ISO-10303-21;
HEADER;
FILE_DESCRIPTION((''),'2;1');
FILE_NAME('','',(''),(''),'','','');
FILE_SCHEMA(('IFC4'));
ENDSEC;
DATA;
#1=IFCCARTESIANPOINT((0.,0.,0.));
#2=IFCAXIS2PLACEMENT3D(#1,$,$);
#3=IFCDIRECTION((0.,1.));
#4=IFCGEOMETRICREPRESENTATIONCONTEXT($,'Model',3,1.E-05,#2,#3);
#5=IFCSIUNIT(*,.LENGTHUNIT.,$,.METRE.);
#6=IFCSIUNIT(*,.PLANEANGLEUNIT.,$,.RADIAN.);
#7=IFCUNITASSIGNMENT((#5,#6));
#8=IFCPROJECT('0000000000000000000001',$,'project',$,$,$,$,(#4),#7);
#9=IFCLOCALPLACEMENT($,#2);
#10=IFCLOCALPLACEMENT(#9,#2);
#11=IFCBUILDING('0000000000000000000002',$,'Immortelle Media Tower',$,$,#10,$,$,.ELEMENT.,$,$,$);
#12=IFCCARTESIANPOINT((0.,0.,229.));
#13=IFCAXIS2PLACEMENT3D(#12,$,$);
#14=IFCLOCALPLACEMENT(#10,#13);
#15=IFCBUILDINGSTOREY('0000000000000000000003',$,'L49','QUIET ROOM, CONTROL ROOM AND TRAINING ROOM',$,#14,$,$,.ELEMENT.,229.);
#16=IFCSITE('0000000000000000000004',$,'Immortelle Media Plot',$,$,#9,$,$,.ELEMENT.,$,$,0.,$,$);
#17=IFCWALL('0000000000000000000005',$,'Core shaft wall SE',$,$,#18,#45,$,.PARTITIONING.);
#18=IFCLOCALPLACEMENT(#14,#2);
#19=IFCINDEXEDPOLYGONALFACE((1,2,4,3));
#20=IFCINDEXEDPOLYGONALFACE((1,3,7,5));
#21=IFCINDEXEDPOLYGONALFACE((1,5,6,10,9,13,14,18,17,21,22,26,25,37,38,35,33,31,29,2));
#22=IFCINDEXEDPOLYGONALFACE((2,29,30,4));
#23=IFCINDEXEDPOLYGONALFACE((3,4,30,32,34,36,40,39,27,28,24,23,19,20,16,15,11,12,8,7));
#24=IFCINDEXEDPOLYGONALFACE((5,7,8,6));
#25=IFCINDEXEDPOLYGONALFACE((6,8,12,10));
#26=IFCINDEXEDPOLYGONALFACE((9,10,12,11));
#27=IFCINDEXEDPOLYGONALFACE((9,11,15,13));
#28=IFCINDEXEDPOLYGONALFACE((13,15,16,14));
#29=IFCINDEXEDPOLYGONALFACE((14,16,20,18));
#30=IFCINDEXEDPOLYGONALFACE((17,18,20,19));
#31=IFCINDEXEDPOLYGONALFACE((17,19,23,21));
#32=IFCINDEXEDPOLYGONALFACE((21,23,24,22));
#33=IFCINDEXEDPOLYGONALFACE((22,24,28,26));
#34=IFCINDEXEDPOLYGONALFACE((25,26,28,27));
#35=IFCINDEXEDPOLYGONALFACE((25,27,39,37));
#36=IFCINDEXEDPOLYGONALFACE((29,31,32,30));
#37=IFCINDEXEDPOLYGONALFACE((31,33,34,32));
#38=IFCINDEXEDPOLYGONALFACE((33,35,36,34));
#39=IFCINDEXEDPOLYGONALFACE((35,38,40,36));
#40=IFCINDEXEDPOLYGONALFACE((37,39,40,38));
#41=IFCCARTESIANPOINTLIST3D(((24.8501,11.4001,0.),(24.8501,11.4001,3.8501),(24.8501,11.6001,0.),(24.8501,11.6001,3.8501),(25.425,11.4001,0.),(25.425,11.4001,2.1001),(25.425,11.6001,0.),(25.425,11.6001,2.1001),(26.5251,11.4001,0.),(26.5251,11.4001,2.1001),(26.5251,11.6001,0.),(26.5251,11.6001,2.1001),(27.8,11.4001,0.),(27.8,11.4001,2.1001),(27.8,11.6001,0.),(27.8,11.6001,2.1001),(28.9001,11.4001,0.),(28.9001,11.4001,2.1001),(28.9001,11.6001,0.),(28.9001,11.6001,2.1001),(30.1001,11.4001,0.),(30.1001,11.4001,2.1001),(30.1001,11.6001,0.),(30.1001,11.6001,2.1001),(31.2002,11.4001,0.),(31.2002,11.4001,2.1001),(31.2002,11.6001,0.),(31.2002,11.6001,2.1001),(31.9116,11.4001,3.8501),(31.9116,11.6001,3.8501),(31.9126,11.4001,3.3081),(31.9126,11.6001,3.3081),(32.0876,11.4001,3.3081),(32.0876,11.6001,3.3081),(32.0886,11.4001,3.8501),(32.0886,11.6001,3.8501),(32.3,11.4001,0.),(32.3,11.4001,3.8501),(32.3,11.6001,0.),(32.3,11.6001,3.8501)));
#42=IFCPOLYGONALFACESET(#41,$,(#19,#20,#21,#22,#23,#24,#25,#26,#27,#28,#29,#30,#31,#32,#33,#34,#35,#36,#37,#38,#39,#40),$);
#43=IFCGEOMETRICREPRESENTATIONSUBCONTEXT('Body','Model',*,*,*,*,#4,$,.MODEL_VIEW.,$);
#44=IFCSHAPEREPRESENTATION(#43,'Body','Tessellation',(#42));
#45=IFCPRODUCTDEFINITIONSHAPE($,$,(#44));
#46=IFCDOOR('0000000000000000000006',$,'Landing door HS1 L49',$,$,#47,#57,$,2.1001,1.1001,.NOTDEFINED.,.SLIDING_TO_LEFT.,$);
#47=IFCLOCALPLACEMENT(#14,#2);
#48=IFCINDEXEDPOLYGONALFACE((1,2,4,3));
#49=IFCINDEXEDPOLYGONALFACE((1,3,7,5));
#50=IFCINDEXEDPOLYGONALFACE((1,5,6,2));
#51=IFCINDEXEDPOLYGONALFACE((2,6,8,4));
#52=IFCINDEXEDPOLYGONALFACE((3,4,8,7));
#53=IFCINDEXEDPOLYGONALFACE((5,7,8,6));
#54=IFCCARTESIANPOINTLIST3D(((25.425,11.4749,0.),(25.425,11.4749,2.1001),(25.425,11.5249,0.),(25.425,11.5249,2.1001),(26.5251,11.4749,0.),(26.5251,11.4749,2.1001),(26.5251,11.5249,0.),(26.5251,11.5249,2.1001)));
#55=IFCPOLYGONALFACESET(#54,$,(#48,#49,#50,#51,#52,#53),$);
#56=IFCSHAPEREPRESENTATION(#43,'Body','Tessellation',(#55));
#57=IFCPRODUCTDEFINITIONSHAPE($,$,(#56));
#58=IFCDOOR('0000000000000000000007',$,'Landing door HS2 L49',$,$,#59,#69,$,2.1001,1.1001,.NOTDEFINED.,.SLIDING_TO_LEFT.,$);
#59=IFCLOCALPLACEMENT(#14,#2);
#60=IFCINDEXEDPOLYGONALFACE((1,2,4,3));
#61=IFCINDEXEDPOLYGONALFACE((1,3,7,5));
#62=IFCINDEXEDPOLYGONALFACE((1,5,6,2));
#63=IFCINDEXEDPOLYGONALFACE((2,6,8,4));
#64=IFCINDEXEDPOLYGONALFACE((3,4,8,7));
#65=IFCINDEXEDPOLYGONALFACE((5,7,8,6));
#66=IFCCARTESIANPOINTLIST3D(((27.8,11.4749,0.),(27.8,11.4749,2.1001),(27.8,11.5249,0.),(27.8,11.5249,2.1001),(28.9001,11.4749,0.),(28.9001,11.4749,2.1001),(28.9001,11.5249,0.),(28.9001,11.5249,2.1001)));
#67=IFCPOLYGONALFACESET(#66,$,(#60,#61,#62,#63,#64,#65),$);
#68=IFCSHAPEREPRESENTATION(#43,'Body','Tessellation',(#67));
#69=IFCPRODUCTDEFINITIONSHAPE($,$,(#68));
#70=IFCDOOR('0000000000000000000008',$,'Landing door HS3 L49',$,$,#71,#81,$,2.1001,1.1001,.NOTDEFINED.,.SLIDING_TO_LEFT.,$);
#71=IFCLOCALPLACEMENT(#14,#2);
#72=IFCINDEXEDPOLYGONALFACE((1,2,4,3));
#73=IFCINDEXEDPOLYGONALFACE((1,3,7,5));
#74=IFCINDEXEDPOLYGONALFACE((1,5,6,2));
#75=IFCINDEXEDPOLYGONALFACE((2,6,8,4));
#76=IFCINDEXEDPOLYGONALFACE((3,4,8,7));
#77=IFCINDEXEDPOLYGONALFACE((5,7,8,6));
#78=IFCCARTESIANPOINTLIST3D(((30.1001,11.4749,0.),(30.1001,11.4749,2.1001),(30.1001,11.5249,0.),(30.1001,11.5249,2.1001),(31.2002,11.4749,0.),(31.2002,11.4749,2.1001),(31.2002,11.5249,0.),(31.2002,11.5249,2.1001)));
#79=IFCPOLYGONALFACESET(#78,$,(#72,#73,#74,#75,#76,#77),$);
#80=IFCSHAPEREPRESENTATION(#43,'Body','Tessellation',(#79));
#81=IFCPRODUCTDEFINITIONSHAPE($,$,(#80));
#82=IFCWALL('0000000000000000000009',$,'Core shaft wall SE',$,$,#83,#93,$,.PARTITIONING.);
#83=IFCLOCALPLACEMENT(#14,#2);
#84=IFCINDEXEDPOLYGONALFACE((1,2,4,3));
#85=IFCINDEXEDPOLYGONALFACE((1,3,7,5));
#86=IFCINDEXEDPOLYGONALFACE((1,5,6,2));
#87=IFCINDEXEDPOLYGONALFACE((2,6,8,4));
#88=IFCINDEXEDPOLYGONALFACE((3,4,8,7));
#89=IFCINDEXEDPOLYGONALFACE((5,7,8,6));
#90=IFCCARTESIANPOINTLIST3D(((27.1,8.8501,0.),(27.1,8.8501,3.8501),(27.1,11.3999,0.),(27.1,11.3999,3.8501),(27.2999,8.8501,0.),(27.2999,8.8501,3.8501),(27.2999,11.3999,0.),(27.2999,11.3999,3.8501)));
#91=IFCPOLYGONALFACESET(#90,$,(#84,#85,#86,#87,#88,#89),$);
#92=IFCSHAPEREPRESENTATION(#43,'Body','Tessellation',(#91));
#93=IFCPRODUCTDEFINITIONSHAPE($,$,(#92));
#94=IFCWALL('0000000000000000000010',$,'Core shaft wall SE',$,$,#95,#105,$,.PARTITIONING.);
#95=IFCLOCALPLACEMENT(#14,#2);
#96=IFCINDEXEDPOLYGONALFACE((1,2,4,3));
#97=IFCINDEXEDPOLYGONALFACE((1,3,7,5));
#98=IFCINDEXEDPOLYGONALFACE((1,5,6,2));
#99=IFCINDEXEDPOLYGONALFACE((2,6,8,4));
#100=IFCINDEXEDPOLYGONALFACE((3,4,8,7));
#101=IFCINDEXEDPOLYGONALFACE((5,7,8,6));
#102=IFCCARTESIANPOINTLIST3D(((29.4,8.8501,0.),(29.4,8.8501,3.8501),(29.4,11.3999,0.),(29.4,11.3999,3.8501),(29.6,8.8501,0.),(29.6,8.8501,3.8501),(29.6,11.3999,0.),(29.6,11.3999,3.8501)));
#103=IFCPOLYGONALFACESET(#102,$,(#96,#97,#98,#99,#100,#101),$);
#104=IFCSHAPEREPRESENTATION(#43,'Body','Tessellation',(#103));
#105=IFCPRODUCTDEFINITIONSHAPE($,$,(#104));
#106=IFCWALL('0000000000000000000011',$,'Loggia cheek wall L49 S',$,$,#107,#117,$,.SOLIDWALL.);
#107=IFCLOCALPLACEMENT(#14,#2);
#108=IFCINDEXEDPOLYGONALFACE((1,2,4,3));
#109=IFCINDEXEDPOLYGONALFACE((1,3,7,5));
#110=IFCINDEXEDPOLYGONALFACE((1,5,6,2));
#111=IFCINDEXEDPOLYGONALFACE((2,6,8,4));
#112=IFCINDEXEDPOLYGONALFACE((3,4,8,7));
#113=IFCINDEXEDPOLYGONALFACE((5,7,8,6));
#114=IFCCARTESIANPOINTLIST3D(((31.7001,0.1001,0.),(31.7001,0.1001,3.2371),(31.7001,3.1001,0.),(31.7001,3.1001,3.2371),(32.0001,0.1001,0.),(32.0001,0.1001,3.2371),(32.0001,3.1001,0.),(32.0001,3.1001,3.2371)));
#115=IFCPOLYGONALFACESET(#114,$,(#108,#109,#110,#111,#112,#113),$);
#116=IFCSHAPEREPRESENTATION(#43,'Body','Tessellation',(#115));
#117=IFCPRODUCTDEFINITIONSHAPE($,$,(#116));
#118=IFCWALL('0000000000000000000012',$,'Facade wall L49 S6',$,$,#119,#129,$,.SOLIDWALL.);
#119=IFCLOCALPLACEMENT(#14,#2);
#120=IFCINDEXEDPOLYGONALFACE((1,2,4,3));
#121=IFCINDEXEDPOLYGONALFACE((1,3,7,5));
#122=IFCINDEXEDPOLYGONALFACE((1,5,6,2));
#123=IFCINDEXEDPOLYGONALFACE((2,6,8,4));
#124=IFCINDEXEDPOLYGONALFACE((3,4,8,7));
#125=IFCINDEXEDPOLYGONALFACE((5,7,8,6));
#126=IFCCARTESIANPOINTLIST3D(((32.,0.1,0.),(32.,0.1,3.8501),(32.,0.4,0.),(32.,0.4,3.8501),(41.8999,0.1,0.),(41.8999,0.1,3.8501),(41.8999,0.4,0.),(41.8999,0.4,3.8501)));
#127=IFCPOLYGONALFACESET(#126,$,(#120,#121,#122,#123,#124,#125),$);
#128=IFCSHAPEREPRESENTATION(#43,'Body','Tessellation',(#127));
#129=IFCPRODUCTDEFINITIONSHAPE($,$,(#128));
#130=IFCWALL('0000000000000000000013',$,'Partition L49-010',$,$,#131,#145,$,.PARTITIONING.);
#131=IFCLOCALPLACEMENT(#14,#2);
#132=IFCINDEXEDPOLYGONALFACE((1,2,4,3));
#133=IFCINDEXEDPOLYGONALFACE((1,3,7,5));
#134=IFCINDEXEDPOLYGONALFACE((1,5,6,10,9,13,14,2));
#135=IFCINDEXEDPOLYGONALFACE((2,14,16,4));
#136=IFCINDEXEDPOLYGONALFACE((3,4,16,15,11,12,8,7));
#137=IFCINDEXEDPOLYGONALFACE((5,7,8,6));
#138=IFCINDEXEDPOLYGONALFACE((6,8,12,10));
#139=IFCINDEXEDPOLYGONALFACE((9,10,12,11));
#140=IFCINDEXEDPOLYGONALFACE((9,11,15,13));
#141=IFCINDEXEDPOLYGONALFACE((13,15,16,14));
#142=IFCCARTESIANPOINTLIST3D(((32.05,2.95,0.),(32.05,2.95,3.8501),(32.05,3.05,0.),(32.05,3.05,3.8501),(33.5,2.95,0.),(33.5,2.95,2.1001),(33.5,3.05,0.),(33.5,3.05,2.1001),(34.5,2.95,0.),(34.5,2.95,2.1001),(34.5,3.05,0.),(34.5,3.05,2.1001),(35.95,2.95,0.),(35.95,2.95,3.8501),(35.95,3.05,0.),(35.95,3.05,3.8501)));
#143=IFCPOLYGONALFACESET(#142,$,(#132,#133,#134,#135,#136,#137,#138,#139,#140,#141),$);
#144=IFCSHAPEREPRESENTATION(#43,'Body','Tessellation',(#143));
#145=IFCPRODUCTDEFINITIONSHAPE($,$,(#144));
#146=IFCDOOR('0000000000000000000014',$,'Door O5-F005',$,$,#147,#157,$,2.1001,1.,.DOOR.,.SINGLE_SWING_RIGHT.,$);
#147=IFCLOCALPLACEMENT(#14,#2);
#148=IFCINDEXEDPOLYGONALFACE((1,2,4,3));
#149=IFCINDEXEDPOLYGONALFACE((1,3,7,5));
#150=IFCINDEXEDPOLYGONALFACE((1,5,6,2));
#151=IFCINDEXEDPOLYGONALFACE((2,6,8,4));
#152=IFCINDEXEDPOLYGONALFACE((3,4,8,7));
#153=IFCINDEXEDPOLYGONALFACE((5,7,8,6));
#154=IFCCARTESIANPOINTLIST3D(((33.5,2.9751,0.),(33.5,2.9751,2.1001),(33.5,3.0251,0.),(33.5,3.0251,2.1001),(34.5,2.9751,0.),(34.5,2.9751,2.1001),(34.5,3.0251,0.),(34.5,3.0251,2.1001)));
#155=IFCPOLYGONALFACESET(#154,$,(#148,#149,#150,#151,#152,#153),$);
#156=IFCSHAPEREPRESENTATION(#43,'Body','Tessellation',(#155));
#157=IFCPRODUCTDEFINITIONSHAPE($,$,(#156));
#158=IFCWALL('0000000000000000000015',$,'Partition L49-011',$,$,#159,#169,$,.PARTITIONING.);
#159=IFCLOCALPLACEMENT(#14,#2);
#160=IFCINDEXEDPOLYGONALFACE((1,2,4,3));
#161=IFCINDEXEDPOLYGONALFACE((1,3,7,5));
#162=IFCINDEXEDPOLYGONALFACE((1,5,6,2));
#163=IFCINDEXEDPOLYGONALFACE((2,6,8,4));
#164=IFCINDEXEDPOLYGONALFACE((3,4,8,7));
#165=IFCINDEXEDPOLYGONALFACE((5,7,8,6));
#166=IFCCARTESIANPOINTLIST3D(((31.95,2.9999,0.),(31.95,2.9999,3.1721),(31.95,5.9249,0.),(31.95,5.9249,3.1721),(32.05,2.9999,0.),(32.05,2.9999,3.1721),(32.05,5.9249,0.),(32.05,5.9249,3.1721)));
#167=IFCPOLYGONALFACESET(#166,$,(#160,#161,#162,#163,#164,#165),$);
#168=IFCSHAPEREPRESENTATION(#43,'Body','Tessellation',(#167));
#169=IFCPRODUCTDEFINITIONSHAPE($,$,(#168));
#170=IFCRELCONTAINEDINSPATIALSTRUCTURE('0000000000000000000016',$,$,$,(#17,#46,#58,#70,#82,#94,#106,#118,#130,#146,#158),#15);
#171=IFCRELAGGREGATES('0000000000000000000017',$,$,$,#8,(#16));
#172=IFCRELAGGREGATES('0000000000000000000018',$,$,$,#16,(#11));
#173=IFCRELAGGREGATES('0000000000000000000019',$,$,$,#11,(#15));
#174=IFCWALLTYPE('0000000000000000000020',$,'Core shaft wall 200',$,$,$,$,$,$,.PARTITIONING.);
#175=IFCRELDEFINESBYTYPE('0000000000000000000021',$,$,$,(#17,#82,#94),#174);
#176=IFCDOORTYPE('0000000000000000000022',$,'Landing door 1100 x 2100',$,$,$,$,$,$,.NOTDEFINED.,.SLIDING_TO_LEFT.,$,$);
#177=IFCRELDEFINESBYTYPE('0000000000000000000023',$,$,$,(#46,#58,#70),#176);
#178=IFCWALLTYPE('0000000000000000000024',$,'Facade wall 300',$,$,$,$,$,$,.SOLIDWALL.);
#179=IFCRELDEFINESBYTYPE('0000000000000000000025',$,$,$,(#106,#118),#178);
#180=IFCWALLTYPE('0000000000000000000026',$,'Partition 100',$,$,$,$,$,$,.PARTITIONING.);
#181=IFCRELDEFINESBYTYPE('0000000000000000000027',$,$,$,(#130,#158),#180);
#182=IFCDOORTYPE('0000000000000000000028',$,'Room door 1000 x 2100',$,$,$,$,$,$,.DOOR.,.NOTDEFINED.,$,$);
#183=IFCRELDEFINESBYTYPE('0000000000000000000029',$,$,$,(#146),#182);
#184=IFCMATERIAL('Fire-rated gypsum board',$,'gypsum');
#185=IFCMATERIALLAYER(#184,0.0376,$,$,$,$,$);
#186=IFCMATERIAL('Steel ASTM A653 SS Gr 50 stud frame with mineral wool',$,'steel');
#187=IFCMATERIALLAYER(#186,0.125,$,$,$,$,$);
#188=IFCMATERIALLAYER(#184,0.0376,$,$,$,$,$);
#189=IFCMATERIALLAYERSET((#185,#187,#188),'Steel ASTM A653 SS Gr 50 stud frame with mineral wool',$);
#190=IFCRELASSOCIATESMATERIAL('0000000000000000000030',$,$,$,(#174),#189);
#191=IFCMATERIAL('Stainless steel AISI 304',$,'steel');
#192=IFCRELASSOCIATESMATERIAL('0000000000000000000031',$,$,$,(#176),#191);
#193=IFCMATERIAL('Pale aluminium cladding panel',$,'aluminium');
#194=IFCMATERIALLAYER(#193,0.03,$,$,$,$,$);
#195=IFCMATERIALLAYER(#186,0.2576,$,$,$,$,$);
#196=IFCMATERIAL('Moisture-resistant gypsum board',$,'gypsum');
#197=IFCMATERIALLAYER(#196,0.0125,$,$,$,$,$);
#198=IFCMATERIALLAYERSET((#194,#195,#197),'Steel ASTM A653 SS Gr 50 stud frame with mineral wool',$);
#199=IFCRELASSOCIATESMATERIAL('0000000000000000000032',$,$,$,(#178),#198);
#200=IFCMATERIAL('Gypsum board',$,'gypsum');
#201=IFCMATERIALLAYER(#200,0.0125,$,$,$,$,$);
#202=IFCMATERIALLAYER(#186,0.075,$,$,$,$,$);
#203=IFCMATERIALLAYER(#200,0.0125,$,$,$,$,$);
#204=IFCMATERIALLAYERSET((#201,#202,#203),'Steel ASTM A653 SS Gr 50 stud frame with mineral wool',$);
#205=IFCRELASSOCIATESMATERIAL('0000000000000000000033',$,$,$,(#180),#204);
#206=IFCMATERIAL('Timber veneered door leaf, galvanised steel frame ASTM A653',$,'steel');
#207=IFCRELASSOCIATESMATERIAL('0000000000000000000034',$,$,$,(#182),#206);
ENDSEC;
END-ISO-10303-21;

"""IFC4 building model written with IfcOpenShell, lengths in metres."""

from ifc_helpers import new_model, si_unit, direction, frame, frame_2d, origin, place, context, subcontext, project, spatial, polyline, rectangle, outline, extrude, material, layer, layer_set, type_object, element, fill, save


model = new_model("IFC4")

# Units and contexts
model_context = context("Model", 3, precision=1e-05, world=origin(), true_north=direction((0.0, 1.0)))
body_context = subcontext(model_context, "Body", "Model", "MODEL_VIEW")
ifc_project = project(units=[si_unit("LENGTHUNIT", "METRE"), si_unit("PLANEANGLEUNIT", "RADIAN")], contexts=[model_context])

# Site, building, storey
site_placement = place(None, origin())
site = spatial("IfcSite", under=ifc_project, at=site_placement, Name="Immortelle Media Plot", CompositionType="ELEMENT", RefElevation=0.0)
building_placement = place(site_placement, origin())
building = spatial("IfcBuilding", under=site, at=building_placement, Name="Immortelle Media Tower", CompositionType="ELEMENT")
storey_placement = place(building_placement, frame((0.0, 0.0, 229.0)))
storey = spatial("IfcBuildingStorey", under=building, at=storey_placement, Name="L49", Description="QUIET ROOM, CONTROL ROOM AND TRAINING ROOM", CompositionType="ELEMENT", Elevation=229.0)

# Wall, openings, doors
ifc_material_1 = material(Name="Fire-rated gypsum board", Category="gypsum")
ifc_layer_1 = layer(ifc_material_1, 0.0376)
ifc_material_2 = material(Name="Steel ASTM A653 SS Gr 50 stud frame with mineral wool", Category="steel")
ifc_layer_2 = layer(ifc_material_2, 0.125)
ifc_layer_3 = layer(ifc_material_1, 0.0376)
ifc_layer_set_1 = layer_set([ifc_layer_1, ifc_layer_2, ifc_layer_3], Name="Steel ASTM A653 SS Gr 50 stud frame with mineral wool")
wall_type_1 = type_object("IfcWallType", Name="Core shaft wall 200", PredefinedType="PARTITIONING", material=ifc_layer_set_1)
wall_1_placement = place(storey_placement, frame((24.8501, 11.5, 0.0), z_axis=(0.0, 0.0, 1.0), x_axis=(1.0, 0.0, 0.0)))
wall_1 = element("IfcWall", 1, at=wall_1_placement, inside=storey, type_object=wall_type_1, Name="Core shaft wall SE", PredefinedType="PARTITIONING", context=body_context, shape_type="SweptSolid", body=[
    extrude(outline(polyline([(0.0, 0.0), (7.45, 0.0), (7.45, 3.8501), (7.2385, 3.8501), (7.2375, 3.3081), (7.0625, 3.3081), (7.0615, 3.8501), (0.0, 3.8501), (0.0, 0.0)])), frame((0.0, 0.1001, 0.0), z_axis=(0.0, -1.0, 0.0), x_axis=(1.0, 0.0, 0.0)), (0.0, 0.0, 1.0), 0.2),
])
opening_1_placement = place(wall_1_placement, frame((0.575, 0.0, 0.0)))
opening_1 = element("IfcOpeningElement", 2, at=opening_1_placement, cuts=wall_1, PredefinedType="OPENING", context=body_context, shape_type="SweptSolid", body=[
    extrude(rectangle(XDim=1.1001, YDim=2.1001, at=frame_2d((0.55, 1.05))), frame((0.0, 0.1099, 0.0), z_axis=(0.0, -1.0, 0.0), x_axis=(1.0, 0.0, 0.0)), (0.0, 0.0, 1.0), 0.22),
])
opening_2_placement = place(wall_1_placement, frame((2.95, 0.0, 0.0)))
opening_2 = element("IfcOpeningElement", 3, at=opening_2_placement, cuts=wall_1, PredefinedType="OPENING", context=body_context, shape_type="SweptSolid", body=[
    extrude(rectangle(XDim=1.1001, YDim=2.1001, at=frame_2d((0.55, 1.05))), frame((0.0, 0.1099, 0.0), z_axis=(0.0, -1.0, 0.0), x_axis=(1.0, 0.0, 0.0)), (0.0, 0.0, 1.0), 0.22),
])
opening_3_placement = place(wall_1_placement, frame((5.25, 0.0, 0.0)))
opening_3 = element("IfcOpeningElement", 4, at=opening_3_placement, cuts=wall_1, PredefinedType="OPENING", context=body_context, shape_type="SweptSolid", body=[
    extrude(rectangle(XDim=1.1001, YDim=2.1001, at=frame_2d((0.55, 1.05))), frame((0.0, 0.1099, 0.0), z_axis=(0.0, -1.0, 0.0), x_axis=(1.0, 0.0, 0.0)), (0.0, 0.0, 1.0), 0.22),
])
ifc_material_3 = material(Name="Stainless steel AISI 304", Category="steel")
door_type_1 = type_object("IfcDoorType", Name="Landing door 1100 x 2100", OperationType="SLIDING_TO_LEFT", PredefinedType="NOTDEFINED", material=ifc_material_3)
door_1_placement = place(opening_1_placement, origin())
door_1 = element("IfcDoor", 5, at=door_1_placement, inside=storey, type_object=door_type_1, Name="Landing door HS1 L49", OperationType="SLIDING_TO_LEFT", OverallHeight=2.1001, OverallWidth=1.1001, PredefinedType="NOTDEFINED", context=body_context, shape_type="SweptSolid", body=[
    extrude(rectangle(XDim=1.1001, YDim=2.1001, at=frame_2d((0.55, 1.05))), frame((0.0, 0.0249, 0.0), z_axis=(0.0, -1.0, 0.0), x_axis=(1.0, 0.0, 0.0)), (0.0, 0.0, 1.0), 0.05),
])
fill(opening_1, door_1)
door_2_placement = place(opening_2_placement, origin())
door_2 = element("IfcDoor", 6, at=door_2_placement, inside=storey, type_object=door_type_1, Name="Landing door HS2 L49", OperationType="SLIDING_TO_LEFT", OverallHeight=2.1001, OverallWidth=1.1001, PredefinedType="NOTDEFINED", context=body_context, shape_type="SweptSolid", body=[
    extrude(rectangle(XDim=1.1001, YDim=2.1001, at=frame_2d((0.55, 1.05))), frame((0.0, 0.0249, 0.0), z_axis=(0.0, -1.0, 0.0), x_axis=(1.0, 0.0, 0.0)), (0.0, 0.0, 1.0), 0.05),
])
fill(opening_2, door_2)
door_3_placement = place(opening_3_placement, origin())
door_3 = element("IfcDoor", 7, at=door_3_placement, inside=storey, type_object=door_type_1, Name="Landing door HS3 L49", OperationType="SLIDING_TO_LEFT", OverallHeight=2.1001, OverallWidth=1.1001, PredefinedType="NOTDEFINED", context=body_context, shape_type="SweptSolid", body=[
    extrude(rectangle(XDim=1.1001, YDim=2.1001, at=frame_2d((0.55, 1.05))), frame((0.0, 0.0249, 0.0), z_axis=(0.0, -1.0, 0.0), x_axis=(1.0, 0.0, 0.0)), (0.0, 0.0, 1.0), 0.05),
])
fill(opening_3, door_3)

# Walls
for number, where, z_axis, x_axis, name in (
    (8, (27.2, 8.8501, 0.0), (0.0, 0.0, 1.0), (0.0, 1.0, 0.0), "Core shaft wall SE"),
    (9, (29.5, 8.8501, 0.0), (0.0, 0.0, 1.0), (0.0, 1.0, 0.0), "Core shaft wall SE"),
):
    element("IfcWall", number, at=place(storey_placement, frame(where, z_axis=z_axis, x_axis=x_axis)), inside=storey, type_object=wall_type_1, Name=name, PredefinedType="PARTITIONING", context=body_context, shape_type="SweptSolid", body=[
        extrude(rectangle(XDim=2.5498, YDim=0.2, at=frame_2d((1.2749, 0.0))), origin(), (0.0, 0.0, 1.0), 3.8501),
    ])
ifc_material_4 = material(Name="Pale aluminium cladding panel", Category="aluminium")
ifc_layer_4 = layer(ifc_material_4, 0.03)
ifc_layer_5 = layer(ifc_material_2, 0.2576)
ifc_material_5 = material(Name="Moisture-resistant gypsum board", Category="gypsum")
ifc_layer_6 = layer(ifc_material_5, 0.0125)
ifc_layer_set_2 = layer_set([ifc_layer_4, ifc_layer_5, ifc_layer_6], Name="Steel ASTM A653 SS Gr 50 stud frame with mineral wool")
wall_type_2 = type_object("IfcWallType", Name="Facade wall 300", PredefinedType="SOLIDWALL", material=ifc_layer_set_2)
wall_2_placement = place(storey_placement, frame((31.8501, 0.1001, 0.0), z_axis=(0.0, 0.0, 1.0), x_axis=(0.0, 1.0, 0.0)))
element("IfcWall", 10, at=wall_2_placement, inside=storey, type_object=wall_type_2, Name="Loggia cheek wall L49 S", PredefinedType="SOLIDWALL", context=body_context, shape_type="SweptSolid", body=[
    extrude(rectangle(XDim=3.0, YDim=0.3, at=frame_2d((1.5, 0.0))), origin(), (0.0, 0.0, 1.0), 3.2371),
])
wall_3_placement = place(storey_placement, frame((32.0, 0.25, 0.0), z_axis=(0.0, 0.0, 1.0), x_axis=(1.0, 0.0, 0.0)))
element("IfcWall", 11, at=wall_3_placement, inside=storey, type_object=wall_type_2, Name="Facade wall L49 S6", PredefinedType="SOLIDWALL", context=body_context, shape_type="SweptSolid", body=[
    extrude(rectangle(XDim=9.8999, YDim=0.3, at=frame_2d((4.95, 0.0))), origin(), (0.0, 0.0, 1.0), 3.8501),
])

# Wall, opening, door
ifc_material_6 = material(Name="Gypsum board", Category="gypsum")
ifc_layer_7 = layer(ifc_material_6, 0.0125)
ifc_layer_8 = layer(ifc_material_2, 0.075)
ifc_layer_9 = layer(ifc_material_6, 0.0125)
ifc_layer_set_3 = layer_set([ifc_layer_7, ifc_layer_8, ifc_layer_9], Name="Steel ASTM A653 SS Gr 50 stud frame with mineral wool")
wall_type_3 = type_object("IfcWallType", Name="Partition 100", PredefinedType="PARTITIONING", material=ifc_layer_set_3)
wall_4_placement = place(storey_placement, frame((32.05, 3.0, 0.0), z_axis=(0.0, 0.0, 1.0), x_axis=(1.0, 0.0, 0.0)))
wall_4 = element("IfcWall", 12, at=wall_4_placement, inside=storey, type_object=wall_type_3, Name="Partition L49-010", PredefinedType="PARTITIONING", context=body_context, shape_type="SweptSolid", body=[
    extrude(rectangle(XDim=3.8999, YDim=0.1001, at=frame_2d((1.95, 0.0))), origin(), (0.0, 0.0, 1.0), 3.8501),
])
opening_4_placement = place(wall_4_placement, frame((2.45, 0.0, 0.0), z_axis=(0.0, 0.0, 1.0), x_axis=(-1.0, 0.0, 0.0)))
opening_4 = element("IfcOpeningElement", 13, at=opening_4_placement, cuts=wall_4, PredefinedType="OPENING", context=body_context, shape_type="SweptSolid", body=[
    extrude(rectangle(XDim=1.0, YDim=2.1001, at=frame_2d((0.5, 1.05))), frame((0.0, 0.0601, 0.0), z_axis=(0.0, -1.0, 0.0), x_axis=(1.0, 0.0, 0.0)), (0.0, 0.0, 1.0), 0.1201),
])
ifc_material_7 = material(Name="Timber veneered door leaf, galvanised steel frame ASTM A653", Category="steel")
door_type_2 = type_object("IfcDoorType", Name="Room door 1000 x 2100", OperationType="NOTDEFINED", PredefinedType="DOOR", material=ifc_material_7)
door_4_placement = place(opening_4_placement, origin())
door_4 = element("IfcDoor", 14, at=door_4_placement, inside=storey, type_object=door_type_2, Name="Door O5-F005", OperationType="SINGLE_SWING_RIGHT", OverallHeight=2.1001, OverallWidth=1.0, PredefinedType="DOOR", context=body_context, shape_type="SweptSolid", body=[
    extrude(rectangle(XDim=1.0, YDim=2.1001, at=frame_2d((0.5, 1.05))), frame((0.0, 0.0249, 0.0), z_axis=(0.0, -1.0, 0.0), x_axis=(1.0, 0.0, 0.0)), (0.0, 0.0, 1.0), 0.05),
])
fill(opening_4, door_4)

# Wall
wall_5_placement = place(storey_placement, frame((32.0, 3.0, 0.0), z_axis=(0.0, 0.0, 1.0), x_axis=(0.0, 1.0, 0.0)))
element("IfcWall", 15, at=wall_5_placement, inside=storey, type_object=wall_type_3, Name="Partition L49-011", PredefinedType="PARTITIONING", context=body_context, shape_type="SweptSolid", body=[
    extrude(rectangle(XDim=2.925, YDim=0.1001, at=frame_2d((1.4624, 0.0))), origin(), (0.0, 0.0, 1.0), 3.1721),
])

save(model, "model.ifc")
